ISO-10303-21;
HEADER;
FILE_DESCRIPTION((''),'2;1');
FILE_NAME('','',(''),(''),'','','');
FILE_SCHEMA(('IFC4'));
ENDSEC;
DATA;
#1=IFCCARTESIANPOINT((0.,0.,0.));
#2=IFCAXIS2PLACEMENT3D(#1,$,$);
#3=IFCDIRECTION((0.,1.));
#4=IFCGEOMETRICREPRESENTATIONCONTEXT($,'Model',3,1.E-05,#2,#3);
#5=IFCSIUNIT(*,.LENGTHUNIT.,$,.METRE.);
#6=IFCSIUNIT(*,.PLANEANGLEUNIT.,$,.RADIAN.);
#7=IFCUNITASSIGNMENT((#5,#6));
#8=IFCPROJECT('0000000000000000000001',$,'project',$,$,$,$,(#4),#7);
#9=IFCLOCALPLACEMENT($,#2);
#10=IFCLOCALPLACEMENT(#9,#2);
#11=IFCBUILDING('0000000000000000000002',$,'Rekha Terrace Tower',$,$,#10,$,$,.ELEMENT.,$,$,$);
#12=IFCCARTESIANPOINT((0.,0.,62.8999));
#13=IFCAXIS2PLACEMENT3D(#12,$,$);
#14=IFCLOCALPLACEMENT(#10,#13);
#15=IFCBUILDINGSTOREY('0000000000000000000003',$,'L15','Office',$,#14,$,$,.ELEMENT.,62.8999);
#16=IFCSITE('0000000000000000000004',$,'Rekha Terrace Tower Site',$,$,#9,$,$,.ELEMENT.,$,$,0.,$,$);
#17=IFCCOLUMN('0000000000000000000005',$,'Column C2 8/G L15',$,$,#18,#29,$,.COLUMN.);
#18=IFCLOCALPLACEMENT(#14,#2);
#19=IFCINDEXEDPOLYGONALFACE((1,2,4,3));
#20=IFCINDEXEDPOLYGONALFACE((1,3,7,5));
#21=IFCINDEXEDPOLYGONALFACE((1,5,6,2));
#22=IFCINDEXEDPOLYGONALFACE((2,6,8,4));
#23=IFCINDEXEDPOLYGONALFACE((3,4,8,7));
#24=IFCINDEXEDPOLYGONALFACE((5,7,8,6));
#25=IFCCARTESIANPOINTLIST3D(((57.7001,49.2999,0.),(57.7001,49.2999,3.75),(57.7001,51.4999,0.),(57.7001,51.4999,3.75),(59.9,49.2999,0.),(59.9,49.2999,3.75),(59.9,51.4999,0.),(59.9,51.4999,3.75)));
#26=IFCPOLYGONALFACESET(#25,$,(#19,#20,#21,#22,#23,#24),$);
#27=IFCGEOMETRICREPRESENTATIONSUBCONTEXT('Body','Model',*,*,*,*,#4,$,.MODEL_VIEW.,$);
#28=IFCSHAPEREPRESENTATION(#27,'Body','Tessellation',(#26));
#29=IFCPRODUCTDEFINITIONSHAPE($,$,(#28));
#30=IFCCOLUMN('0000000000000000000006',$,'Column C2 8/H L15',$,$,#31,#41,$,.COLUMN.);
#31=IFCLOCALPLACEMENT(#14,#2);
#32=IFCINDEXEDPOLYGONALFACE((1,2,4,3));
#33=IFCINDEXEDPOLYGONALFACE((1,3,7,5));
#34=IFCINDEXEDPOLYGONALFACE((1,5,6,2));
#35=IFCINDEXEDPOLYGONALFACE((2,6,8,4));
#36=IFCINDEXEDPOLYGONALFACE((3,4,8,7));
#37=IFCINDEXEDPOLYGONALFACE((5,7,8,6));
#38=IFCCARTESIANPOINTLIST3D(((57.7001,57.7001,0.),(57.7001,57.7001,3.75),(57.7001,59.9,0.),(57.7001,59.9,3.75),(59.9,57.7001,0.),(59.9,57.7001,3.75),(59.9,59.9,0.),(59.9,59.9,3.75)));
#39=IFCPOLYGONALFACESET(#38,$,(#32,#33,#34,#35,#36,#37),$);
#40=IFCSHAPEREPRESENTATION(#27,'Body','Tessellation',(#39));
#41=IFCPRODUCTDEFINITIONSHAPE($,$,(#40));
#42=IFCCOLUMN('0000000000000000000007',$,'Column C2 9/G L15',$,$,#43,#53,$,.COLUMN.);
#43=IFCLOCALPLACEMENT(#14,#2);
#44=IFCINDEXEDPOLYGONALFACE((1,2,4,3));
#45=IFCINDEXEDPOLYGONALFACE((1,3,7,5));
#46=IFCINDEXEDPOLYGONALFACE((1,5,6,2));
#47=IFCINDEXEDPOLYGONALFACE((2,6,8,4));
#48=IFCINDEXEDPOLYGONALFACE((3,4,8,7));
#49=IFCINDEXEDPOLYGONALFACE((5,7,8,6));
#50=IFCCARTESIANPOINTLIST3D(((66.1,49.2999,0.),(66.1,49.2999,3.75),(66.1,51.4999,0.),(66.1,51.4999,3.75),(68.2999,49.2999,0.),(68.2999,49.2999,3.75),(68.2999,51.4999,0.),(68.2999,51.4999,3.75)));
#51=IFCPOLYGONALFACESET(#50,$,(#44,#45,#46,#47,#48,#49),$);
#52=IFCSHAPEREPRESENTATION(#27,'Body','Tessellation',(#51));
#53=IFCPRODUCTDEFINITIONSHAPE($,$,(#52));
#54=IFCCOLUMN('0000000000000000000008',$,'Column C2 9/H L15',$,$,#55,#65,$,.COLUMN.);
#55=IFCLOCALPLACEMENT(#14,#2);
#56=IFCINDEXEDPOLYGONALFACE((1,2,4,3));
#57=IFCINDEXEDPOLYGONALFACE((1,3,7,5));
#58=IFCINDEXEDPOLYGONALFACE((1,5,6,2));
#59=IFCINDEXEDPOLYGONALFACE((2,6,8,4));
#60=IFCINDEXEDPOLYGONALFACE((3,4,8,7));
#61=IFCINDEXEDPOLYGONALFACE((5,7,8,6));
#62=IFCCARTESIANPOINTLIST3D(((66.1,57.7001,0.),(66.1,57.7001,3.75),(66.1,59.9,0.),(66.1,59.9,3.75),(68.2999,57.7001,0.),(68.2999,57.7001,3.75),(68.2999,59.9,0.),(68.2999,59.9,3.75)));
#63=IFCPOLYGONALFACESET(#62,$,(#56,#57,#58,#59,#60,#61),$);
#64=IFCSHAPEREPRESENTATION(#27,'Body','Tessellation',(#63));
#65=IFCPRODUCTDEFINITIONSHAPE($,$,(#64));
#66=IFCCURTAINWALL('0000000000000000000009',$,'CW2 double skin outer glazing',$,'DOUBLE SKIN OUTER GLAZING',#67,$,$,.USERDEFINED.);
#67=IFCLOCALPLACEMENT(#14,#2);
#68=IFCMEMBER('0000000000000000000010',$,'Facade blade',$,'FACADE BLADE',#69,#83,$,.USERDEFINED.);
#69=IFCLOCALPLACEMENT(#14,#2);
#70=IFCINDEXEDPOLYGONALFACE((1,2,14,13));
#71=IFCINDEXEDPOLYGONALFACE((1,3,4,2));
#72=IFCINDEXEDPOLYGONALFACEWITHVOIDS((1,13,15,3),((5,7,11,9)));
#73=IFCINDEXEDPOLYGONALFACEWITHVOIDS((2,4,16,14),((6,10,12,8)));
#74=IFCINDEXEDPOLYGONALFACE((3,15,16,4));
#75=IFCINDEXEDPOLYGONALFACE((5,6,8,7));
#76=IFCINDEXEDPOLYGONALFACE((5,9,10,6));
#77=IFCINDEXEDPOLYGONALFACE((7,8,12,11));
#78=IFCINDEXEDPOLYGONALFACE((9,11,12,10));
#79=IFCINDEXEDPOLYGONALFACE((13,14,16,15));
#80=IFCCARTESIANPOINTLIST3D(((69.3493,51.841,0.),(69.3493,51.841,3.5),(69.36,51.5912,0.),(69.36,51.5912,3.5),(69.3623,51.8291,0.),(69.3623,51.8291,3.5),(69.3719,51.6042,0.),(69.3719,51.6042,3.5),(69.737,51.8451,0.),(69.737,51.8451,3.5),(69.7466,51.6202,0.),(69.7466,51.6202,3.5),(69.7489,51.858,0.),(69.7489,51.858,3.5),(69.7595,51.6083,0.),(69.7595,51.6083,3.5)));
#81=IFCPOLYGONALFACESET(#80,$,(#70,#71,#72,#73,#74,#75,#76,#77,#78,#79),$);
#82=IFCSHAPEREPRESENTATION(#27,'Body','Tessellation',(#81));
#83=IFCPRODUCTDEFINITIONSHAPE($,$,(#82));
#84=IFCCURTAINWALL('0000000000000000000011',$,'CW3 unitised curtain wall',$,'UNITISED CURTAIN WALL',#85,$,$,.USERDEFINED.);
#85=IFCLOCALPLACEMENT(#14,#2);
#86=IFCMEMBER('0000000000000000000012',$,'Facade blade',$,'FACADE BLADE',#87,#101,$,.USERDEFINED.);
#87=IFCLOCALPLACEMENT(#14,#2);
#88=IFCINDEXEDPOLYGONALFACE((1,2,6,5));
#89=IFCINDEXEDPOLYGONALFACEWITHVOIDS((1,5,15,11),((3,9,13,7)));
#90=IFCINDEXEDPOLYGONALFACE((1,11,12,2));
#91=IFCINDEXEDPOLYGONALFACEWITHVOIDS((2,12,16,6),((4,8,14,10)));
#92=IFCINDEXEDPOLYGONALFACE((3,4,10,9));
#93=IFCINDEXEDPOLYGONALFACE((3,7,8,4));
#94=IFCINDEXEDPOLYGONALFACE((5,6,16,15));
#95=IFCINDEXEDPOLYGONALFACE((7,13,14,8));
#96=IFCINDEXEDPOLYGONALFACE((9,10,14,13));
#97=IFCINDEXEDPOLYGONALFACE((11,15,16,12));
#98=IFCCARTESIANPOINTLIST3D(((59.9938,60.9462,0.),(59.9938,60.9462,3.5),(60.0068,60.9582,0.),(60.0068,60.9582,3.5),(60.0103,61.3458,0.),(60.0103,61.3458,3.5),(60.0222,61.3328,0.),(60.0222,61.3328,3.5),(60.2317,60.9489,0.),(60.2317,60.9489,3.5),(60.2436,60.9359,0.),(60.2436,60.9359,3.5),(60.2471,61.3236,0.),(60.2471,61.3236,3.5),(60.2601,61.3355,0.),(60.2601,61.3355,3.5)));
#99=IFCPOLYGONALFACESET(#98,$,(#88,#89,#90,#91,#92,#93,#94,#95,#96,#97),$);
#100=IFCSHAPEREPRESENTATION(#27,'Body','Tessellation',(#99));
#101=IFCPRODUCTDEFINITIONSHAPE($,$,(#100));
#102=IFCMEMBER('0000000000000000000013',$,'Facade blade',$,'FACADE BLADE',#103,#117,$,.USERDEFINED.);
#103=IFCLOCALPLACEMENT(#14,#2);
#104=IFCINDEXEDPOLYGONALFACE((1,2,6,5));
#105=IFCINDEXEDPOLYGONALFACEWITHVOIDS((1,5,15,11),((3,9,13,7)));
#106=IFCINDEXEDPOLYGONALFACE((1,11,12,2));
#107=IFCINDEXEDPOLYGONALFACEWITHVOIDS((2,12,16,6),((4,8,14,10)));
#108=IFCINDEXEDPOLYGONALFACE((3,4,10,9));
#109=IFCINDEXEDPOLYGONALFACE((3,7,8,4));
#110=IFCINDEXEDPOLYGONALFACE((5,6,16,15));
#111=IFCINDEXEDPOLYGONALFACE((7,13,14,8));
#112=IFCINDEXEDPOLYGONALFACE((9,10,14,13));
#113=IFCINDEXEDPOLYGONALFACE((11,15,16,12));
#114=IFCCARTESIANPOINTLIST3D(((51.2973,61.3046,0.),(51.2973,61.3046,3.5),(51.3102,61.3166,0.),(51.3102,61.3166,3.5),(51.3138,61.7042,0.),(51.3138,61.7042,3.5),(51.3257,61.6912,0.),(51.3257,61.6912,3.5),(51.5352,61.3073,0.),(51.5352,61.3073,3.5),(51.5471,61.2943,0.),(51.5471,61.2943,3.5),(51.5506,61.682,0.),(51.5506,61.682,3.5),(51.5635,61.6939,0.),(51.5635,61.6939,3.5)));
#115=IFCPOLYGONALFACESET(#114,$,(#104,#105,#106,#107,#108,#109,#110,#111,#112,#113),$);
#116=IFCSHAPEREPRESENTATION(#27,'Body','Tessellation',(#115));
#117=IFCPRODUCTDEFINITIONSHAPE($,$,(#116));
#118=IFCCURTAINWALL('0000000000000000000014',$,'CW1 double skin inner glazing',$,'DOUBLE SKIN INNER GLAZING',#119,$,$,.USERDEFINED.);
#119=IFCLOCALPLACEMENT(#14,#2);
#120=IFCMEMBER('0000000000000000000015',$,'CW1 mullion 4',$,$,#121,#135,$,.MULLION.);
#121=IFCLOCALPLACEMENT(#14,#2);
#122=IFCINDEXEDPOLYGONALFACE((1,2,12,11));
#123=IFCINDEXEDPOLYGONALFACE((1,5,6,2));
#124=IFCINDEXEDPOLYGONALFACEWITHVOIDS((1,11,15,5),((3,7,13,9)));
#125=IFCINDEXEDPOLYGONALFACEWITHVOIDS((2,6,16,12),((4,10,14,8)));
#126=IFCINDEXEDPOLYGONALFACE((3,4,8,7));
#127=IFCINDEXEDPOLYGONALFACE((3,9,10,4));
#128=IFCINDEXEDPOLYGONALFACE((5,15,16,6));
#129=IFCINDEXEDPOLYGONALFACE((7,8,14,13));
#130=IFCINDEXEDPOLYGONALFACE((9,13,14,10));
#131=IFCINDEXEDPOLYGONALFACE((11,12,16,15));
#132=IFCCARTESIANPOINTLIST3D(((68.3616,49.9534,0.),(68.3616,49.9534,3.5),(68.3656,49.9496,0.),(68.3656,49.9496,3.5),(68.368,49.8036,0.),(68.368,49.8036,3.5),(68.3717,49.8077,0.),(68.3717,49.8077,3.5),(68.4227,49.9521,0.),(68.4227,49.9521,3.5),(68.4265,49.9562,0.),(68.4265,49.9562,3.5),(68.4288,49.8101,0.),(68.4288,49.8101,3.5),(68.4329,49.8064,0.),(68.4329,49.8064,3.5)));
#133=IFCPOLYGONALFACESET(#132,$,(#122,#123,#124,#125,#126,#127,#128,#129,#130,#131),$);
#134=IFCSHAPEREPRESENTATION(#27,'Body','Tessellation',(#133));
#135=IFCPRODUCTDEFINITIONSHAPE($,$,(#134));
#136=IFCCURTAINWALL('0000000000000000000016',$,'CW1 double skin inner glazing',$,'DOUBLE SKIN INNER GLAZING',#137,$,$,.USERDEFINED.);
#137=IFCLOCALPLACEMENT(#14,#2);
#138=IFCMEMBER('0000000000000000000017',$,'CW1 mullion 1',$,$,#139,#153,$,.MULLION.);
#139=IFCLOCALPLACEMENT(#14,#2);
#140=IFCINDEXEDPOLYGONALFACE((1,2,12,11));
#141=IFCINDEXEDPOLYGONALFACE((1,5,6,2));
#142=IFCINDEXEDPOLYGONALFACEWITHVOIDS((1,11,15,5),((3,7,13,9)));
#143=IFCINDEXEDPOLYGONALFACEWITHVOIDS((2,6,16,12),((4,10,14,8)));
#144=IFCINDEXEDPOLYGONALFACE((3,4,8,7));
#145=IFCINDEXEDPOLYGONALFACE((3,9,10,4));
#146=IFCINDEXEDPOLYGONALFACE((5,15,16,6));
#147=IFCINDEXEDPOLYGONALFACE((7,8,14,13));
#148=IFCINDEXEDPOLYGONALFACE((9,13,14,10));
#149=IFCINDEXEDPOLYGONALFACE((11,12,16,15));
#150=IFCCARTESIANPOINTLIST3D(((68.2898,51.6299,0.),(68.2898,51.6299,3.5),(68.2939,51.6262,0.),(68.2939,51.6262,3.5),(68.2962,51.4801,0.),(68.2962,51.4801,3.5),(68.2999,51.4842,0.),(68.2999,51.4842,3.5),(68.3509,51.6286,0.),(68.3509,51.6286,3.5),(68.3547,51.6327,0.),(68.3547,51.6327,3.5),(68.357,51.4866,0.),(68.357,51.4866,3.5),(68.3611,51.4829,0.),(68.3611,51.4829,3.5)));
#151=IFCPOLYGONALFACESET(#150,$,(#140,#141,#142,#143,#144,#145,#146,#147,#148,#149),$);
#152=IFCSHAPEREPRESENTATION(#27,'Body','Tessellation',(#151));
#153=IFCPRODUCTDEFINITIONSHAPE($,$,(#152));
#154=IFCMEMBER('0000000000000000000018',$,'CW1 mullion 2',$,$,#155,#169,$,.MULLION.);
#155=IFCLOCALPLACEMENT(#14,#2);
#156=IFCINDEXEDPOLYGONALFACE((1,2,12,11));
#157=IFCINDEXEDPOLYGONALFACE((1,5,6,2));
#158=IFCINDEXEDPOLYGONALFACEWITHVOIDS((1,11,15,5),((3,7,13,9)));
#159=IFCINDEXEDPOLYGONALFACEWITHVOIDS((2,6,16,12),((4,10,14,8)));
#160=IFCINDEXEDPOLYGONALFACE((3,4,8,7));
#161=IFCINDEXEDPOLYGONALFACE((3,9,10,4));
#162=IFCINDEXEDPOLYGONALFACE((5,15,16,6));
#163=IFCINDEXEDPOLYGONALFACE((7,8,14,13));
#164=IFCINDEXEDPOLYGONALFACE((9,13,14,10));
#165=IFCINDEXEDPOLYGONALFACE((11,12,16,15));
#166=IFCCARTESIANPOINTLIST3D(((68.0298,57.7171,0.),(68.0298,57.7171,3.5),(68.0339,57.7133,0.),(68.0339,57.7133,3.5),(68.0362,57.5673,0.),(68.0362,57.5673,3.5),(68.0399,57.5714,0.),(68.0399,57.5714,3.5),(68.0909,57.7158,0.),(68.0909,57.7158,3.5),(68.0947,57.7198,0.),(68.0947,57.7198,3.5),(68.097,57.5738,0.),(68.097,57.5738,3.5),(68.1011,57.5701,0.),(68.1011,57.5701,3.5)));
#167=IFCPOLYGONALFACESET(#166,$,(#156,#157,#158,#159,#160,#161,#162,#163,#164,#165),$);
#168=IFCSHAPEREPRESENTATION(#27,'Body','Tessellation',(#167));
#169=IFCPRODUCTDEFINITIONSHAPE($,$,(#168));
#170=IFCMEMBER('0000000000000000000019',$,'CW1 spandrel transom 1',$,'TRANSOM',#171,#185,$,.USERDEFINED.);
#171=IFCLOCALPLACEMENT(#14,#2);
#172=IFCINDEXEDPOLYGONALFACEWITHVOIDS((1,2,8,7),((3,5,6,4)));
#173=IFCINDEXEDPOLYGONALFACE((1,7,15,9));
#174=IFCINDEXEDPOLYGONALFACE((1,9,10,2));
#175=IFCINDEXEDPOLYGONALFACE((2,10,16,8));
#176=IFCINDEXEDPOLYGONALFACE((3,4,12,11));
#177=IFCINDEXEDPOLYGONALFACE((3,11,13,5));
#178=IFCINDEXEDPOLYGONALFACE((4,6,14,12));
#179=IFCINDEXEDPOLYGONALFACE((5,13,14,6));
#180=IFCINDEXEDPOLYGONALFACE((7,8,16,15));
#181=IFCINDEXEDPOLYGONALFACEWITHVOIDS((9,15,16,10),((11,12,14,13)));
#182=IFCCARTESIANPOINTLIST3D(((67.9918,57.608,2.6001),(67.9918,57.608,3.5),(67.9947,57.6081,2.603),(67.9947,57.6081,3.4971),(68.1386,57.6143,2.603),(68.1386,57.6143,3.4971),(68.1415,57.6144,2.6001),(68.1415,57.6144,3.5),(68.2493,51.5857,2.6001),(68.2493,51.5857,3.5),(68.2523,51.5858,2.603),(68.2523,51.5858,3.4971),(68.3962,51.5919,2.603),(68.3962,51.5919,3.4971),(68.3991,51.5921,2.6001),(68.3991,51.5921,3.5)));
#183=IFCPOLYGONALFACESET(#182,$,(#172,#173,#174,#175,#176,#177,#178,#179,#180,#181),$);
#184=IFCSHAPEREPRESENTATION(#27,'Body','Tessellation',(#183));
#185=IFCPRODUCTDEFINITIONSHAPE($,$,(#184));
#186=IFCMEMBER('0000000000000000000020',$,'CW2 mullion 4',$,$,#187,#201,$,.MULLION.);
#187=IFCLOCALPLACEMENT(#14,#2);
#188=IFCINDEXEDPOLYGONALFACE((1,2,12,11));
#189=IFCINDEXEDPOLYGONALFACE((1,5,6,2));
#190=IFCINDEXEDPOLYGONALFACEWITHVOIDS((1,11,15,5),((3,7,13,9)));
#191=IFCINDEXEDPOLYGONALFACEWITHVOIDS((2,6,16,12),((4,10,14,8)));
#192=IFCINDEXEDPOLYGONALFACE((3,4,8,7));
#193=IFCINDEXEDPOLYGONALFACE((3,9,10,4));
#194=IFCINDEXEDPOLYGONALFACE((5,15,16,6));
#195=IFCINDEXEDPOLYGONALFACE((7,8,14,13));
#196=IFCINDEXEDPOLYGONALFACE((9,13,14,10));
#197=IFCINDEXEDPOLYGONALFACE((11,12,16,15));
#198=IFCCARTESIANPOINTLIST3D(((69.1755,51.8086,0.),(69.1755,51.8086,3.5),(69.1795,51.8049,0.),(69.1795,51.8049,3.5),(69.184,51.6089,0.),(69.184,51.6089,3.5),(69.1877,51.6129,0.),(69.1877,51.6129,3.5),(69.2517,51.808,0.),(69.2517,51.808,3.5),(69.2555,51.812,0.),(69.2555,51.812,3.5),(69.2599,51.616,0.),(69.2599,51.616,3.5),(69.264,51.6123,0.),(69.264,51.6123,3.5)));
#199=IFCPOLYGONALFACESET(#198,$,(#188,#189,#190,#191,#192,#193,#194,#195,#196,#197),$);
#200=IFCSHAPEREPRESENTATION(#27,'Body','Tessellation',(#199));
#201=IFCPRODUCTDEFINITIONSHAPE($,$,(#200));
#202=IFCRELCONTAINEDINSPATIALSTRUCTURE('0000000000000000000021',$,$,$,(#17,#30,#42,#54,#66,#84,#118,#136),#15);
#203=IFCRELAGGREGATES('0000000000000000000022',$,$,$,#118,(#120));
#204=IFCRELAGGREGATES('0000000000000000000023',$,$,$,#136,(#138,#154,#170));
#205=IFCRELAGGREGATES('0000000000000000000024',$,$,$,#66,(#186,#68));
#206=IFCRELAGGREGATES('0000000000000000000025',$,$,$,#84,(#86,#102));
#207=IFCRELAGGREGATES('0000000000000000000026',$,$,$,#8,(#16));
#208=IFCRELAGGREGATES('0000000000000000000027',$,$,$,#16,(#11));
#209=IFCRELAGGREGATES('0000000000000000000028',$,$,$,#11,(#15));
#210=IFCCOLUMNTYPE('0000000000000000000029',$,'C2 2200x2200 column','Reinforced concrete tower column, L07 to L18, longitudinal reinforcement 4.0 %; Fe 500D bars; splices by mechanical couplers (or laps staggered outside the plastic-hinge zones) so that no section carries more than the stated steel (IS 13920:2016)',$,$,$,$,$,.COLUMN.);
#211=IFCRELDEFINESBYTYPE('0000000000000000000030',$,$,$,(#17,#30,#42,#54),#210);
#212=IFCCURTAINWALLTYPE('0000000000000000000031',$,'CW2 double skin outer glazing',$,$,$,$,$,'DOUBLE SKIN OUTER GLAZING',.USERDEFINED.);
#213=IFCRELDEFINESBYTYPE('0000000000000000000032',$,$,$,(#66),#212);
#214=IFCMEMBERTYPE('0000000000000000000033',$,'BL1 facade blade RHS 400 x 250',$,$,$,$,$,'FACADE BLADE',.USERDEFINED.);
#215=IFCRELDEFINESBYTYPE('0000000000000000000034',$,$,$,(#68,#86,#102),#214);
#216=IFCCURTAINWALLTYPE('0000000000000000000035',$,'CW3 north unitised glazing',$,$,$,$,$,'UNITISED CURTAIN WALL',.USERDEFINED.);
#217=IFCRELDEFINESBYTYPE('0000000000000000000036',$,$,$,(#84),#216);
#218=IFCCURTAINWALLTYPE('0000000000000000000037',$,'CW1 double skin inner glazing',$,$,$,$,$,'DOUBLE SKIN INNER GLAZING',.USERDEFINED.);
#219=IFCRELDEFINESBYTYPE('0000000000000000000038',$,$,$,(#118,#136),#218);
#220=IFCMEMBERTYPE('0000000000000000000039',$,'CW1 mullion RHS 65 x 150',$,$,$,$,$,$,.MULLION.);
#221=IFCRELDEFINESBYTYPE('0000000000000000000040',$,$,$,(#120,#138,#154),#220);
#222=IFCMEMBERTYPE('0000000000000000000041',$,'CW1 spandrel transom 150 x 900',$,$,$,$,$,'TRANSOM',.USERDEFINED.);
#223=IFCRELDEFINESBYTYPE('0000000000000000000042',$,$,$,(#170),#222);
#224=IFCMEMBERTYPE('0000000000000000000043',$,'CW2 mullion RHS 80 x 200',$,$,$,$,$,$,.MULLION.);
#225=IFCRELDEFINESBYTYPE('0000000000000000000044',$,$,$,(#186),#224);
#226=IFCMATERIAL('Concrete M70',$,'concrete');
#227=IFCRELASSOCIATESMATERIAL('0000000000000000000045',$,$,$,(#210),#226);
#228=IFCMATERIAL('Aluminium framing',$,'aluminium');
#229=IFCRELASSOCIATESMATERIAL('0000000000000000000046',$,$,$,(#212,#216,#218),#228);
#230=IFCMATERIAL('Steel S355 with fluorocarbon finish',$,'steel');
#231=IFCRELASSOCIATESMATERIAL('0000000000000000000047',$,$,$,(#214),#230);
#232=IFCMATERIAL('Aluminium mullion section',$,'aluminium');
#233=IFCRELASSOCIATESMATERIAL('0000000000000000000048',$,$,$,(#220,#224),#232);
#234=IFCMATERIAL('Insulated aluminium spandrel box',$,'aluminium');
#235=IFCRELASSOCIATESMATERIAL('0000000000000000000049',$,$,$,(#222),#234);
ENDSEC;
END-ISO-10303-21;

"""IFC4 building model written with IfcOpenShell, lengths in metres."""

from ifc_helpers import new_model, si_unit, direction, frame, origin, origin_2d, place, context, subcontext, project, spatial, rectangle, hollow_rectangle, extrude, material, material_profile, profile_set, type_object, element, aggregate, save


model = new_model("IFC4")

# Units and contexts
model_context = context("Model", 3, precision=1e-05, world=origin(), true_north=direction((0.0, 1.0)))
body_context = subcontext(model_context, "Body", "Model", "MODEL_VIEW")
ifc_project = project(units=[si_unit("LENGTHUNIT", "METRE"), si_unit("PLANEANGLEUNIT", "RADIAN")], contexts=[model_context])

# Site, building, storey
site_placement = place(None, origin())
site = spatial("IfcSite", under=ifc_project, at=site_placement, Name="Rekha Terrace Tower Site", CompositionType="ELEMENT", RefElevation=0.0)
building_placement = place(site_placement, origin())
building = spatial("IfcBuilding", under=site, at=building_placement, Name="Rekha Terrace Tower", CompositionType="ELEMENT")
storey_placement = place(building_placement, frame((0.0, 0.0, 62.8999)))
storey = spatial("IfcBuildingStorey", under=building, at=storey_placement, Name="L15", Description="Office", CompositionType="ELEMENT", Elevation=62.8999)

# Columns
ifc_material_1 = material(Name="Concrete M70", Category="concrete")
ifc_material_profile_1 = material_profile(ifc_material_1, rectangle(XDim=2.2, YDim=2.2, at=origin_2d()), Name="RC 2200x2200")
ifc_profile_set_1 = profile_set([ifc_material_profile_1], Name="Concrete M70")
column_type = type_object("IfcColumnType", Name="C2 2200x2200 column", Description="Reinforced concrete tower column, L07 to L18, longitudinal reinforcement 4.0 %; Fe 500D bars; splices by mechanical couplers (or laps staggered outside the plastic-hinge zones) so that no section carries more than the stated steel (IS 13920:2016)", PredefinedType="COLUMN", material=ifc_profile_set_1)
for number, where, z_axis, x_axis, name in (
    (1, (58.8, 50.3999, 0.0), (0.0, 0.0, 1.0), (1.0, 0.0, 0.0), "Column C2 8/G L15"),
    (2, (58.8, 58.8, 0.0), (0.0, 0.0, 1.0), (1.0, 0.0, 0.0), "Column C2 8/H L15"),
    (3, (67.2, 50.3999, 0.0), (0.0, 0.0, 1.0), (1.0, 0.0, 0.0), "Column C2 9/G L15"),
    (4, (67.2, 58.8, 0.0), (0.0, 0.0, 1.0), (1.0, 0.0, 0.0), "Column C2 9/H L15"),
):
    element("IfcColumn", number, at=place(storey_placement, frame(where, z_axis=z_axis, x_axis=x_axis)), inside=storey, type_object=column_type, Name=name, PredefinedType="COLUMN", context=body_context, shape_type="SweptSolid", body=[
        extrude(rectangle(XDim=2.2, YDim=2.2, at=origin_2d()), origin(), (0.0, 0.0, 1.0), 3.75),
    ])

# Curtain wall, member
ifc_material_2 = material(Name="Aluminium framing", Category="aluminium")
curtain_wall_type_1 = type_object("IfcCurtainWallType", Name="CW2 double skin outer glazing", ElementType="DOUBLE SKIN OUTER GLAZING", PredefinedType="USERDEFINED", material=ifc_material_2)
curtain_wall_1_placement = place(storey_placement, origin())
curtain_wall_1 = element("IfcCurtainWall", 5, at=curtain_wall_1_placement, inside=storey, type_object=curtain_wall_type_1, Name="CW2 double skin outer glazing", ObjectType="DOUBLE SKIN OUTER GLAZING", PredefinedType="USERDEFINED")
ifc_material_3 = material(Name="Steel S355 with fluorocarbon finish", Category="steel")
ifc_material_profile_2 = material_profile(ifc_material_3, hollow_rectangle(XDim=0.25, YDim=0.3999, WallThickness=0.0125, at=origin_2d()), Name="RHS400x250x12.5")
ifc_profile_set_2 = profile_set([ifc_material_profile_2], Name="Steel S355 with fluorocarbon finish")
member_type_1 = type_object("IfcMemberType", Name="BL1 facade blade RHS 400 x 250", ElementType="FACADE BLADE", PredefinedType="USERDEFINED", material=ifc_profile_set_2)
member_1_placement = place(storey_placement, frame((69.5544, 51.7246, 0.0), z_axis=(0.0, 0.0, 1.0), x_axis=(-0.042695, 0.999088, 0.0)))
member_1 = element("IfcMember", 6, at=member_1_placement, type_object=member_type_1, Name="Facade blade", ObjectType="FACADE BLADE", PredefinedType="USERDEFINED", context=body_context, shape_type="SweptSolid", body=[
    extrude(hollow_rectangle(XDim=0.25, YDim=0.3999, WallThickness=0.0125, at=origin_2d()), origin(), (0.0, 0.0, 1.0), 3.5),
])

# Curtain wall, members
curtain_wall_type_2 = type_object("IfcCurtainWallType", Name="CW3 north unitised glazing", ElementType="UNITISED CURTAIN WALL", PredefinedType="USERDEFINED", material=ifc_material_2)
curtain_wall_2_placement = place(storey_placement, origin())
curtain_wall_2 = element("IfcCurtainWall", 7, at=curtain_wall_2_placement, inside=storey, type_object=curtain_wall_type_2, Name="CW3 unitised curtain wall", ObjectType="UNITISED CURTAIN WALL", PredefinedType="USERDEFINED")
member_2_placement = place(storey_placement, frame((60.127, 61.1409, 0.0), z_axis=(0.0, 0.0, 1.0), x_axis=(-0.999152, 0.041175, 0.0)))
member_2 = element("IfcMember", 8, at=member_2_placement, type_object=member_type_1, Name="Facade blade", ObjectType="FACADE BLADE", PredefinedType="USERDEFINED", context=body_context, shape_type="SweptSolid", body=[
    extrude(hollow_rectangle(XDim=0.25, YDim=0.3999, WallThickness=0.0125, at=origin_2d()), origin(), (0.0, 0.0, 1.0), 3.5),
])
member_3_placement = place(storey_placement, frame((51.4304, 61.4993, 0.0), z_axis=(0.0, 0.0, 1.0), x_axis=(-0.999152, 0.041175, 0.0)))
member_3 = element("IfcMember", 9, at=member_3_placement, type_object=member_type_1, Name="Facade blade", ObjectType="FACADE BLADE", PredefinedType="USERDEFINED", context=body_context, shape_type="SweptSolid", body=[
    extrude(hollow_rectangle(XDim=0.25, YDim=0.3999, WallThickness=0.0125, at=origin_2d()), origin(), (0.0, 0.0, 1.0), 3.5),
])

# Curtain wall, member
curtain_wall_type_3 = type_object("IfcCurtainWallType", Name="CW1 double skin inner glazing", ElementType="DOUBLE SKIN INNER GLAZING", PredefinedType="USERDEFINED", material=ifc_material_2)
curtain_wall_3_placement = place(storey_placement, origin())
curtain_wall_3 = element("IfcCurtainWall", 10, at=curtain_wall_3_placement, inside=storey, type_object=curtain_wall_type_3, Name="CW1 double skin inner glazing", ObjectType="DOUBLE SKIN INNER GLAZING", PredefinedType="USERDEFINED")
ifc_material_4 = material(Name="Aluminium mullion section", Category="aluminium")
ifc_material_profile_3 = material_profile(ifc_material_4, hollow_rectangle(XDim=0.0649, YDim=0.1499, WallThickness=0.0039, at=origin_2d()), Name="AL RHS 65x150")
ifc_profile_set_3 = profile_set([ifc_material_profile_3], Name="Aluminium mullion section")
member_type_2 = type_object("IfcMemberType", Name="CW1 mullion RHS 65 x 150", PredefinedType="MULLION", material=ifc_profile_set_3)
member_4_placement = place(storey_placement, frame((68.3972, 49.8799, 0.0), z_axis=(0.0, 0.0, 1.0), x_axis=(-0.999088, -0.042696, 0.0)))
member_4 = element("IfcMember", 11, at=member_4_placement, type_object=member_type_2, Name="CW1 mullion 4", PredefinedType="MULLION", context=body_context, shape_type="SweptSolid", body=[
    extrude(hollow_rectangle(XDim=0.0649, YDim=0.1499, WallThickness=0.0039, at=origin_2d()), origin(), (0.0, 0.0, 1.0), 3.5),
])
aggregate(curtain_wall_3, [member_4])

# Curtain wall, members
curtain_wall_4_placement = place(storey_placement, origin())
curtain_wall_4 = element("IfcCurtainWall", 12, at=curtain_wall_4_placement, inside=storey, type_object=curtain_wall_type_3, Name="CW1 double skin inner glazing", ObjectType="DOUBLE SKIN INNER GLAZING", PredefinedType="USERDEFINED")
member_5_placement = place(storey_placement, frame((68.3254, 51.5564, 0.0), z_axis=(0.0, 0.0, 1.0), x_axis=(-0.999088, -0.042696, 0.0)))
member_5 = element("IfcMember", 13, at=member_5_placement, type_object=member_type_2, Name="CW1 mullion 1", PredefinedType="MULLION", context=body_context, shape_type="SweptSolid", body=[
    extrude(hollow_rectangle(XDim=0.0649, YDim=0.1499, WallThickness=0.0039, at=origin_2d()), origin(), (0.0, 0.0, 1.0), 3.5),
])
member_6_placement = place(storey_placement, frame((68.0654, 57.6436, 0.0), z_axis=(0.0, 0.0, 1.0), x_axis=(-0.999088, -0.042696, 0.0)))
member_6 = element("IfcMember", 14, at=member_6_placement, type_object=member_type_2, Name="CW1 mullion 2", PredefinedType="MULLION", context=body_context, shape_type="SweptSolid", body=[
    extrude(hollow_rectangle(XDim=0.0649, YDim=0.1499, WallThickness=0.0039, at=origin_2d()), origin(), (0.0, 0.0, 1.0), 3.5),
])
ifc_material_5 = material(Name="Insulated aluminium spandrel box", Category="aluminium")
ifc_material_profile_4 = material_profile(ifc_material_5, hollow_rectangle(XDim=0.1499, YDim=0.8999, WallThickness=0.0029, at=origin_2d()), Name="AL SPANDREL BOX 150x900")
ifc_profile_set_4 = profile_set([ifc_material_profile_4], Name="Insulated aluminium spandrel box")
member_type_3 = type_object("IfcMemberType", Name="CW1 spandrel transom 150 x 900", ElementType="TRANSOM", PredefinedType="USERDEFINED", material=ifc_profile_set_4)
member_7_placement = place(storey_placement, frame((68.3242, 51.5889, 3.05), z_axis=(-0.042731, 0.999087, 0.0), x_axis=(-0.999087, -0.042731, 0.0)))
member_7 = element("IfcMember", 15, at=member_7_placement, type_object=member_type_3, Name="CW1 spandrel transom 1", ObjectType="TRANSOM", PredefinedType="USERDEFINED", context=body_context, shape_type="SweptSolid", body=[
    extrude(hollow_rectangle(XDim=0.1499, YDim=0.8999, WallThickness=0.0029, at=origin_2d()), origin(), (0.0, 0.0, 1.0), 6.0278),
])

# Member
ifc_material_profile_5 = material_profile(ifc_material_4, hollow_rectangle(XDim=0.0801, YDim=0.2, WallThickness=0.0039, at=origin_2d()), Name="AL RHS 80x200")
ifc_profile_set_5 = profile_set([ifc_material_profile_5], Name="Aluminium mullion section")
member_type_4 = type_object("IfcMemberType", Name="CW2 mullion RHS 80 x 200", PredefinedType="MULLION", material=ifc_profile_set_5)
member_8_placement = place(storey_placement, frame((69.2197, 51.7104, 0.0), z_axis=(0.0, 0.0, 1.0), x_axis=(-0.999088, -0.042696, 0.0)))
member_8 = element("IfcMember", 16, at=member_8_placement, type_object=member_type_4, Name="CW2 mullion 4", PredefinedType="MULLION", context=body_context, shape_type="SweptSolid", body=[
    extrude(hollow_rectangle(XDim=0.0801, YDim=0.2, WallThickness=0.0039, at=origin_2d()), origin(), (0.0, 0.0, 1.0), 3.5),
])

aggregate(curtain_wall_4, [member_5, member_6, member_7])
aggregate(curtain_wall_1, [member_8, member_1])
aggregate(curtain_wall_2, [member_2, member_3])

save(model, "model.ifc")
